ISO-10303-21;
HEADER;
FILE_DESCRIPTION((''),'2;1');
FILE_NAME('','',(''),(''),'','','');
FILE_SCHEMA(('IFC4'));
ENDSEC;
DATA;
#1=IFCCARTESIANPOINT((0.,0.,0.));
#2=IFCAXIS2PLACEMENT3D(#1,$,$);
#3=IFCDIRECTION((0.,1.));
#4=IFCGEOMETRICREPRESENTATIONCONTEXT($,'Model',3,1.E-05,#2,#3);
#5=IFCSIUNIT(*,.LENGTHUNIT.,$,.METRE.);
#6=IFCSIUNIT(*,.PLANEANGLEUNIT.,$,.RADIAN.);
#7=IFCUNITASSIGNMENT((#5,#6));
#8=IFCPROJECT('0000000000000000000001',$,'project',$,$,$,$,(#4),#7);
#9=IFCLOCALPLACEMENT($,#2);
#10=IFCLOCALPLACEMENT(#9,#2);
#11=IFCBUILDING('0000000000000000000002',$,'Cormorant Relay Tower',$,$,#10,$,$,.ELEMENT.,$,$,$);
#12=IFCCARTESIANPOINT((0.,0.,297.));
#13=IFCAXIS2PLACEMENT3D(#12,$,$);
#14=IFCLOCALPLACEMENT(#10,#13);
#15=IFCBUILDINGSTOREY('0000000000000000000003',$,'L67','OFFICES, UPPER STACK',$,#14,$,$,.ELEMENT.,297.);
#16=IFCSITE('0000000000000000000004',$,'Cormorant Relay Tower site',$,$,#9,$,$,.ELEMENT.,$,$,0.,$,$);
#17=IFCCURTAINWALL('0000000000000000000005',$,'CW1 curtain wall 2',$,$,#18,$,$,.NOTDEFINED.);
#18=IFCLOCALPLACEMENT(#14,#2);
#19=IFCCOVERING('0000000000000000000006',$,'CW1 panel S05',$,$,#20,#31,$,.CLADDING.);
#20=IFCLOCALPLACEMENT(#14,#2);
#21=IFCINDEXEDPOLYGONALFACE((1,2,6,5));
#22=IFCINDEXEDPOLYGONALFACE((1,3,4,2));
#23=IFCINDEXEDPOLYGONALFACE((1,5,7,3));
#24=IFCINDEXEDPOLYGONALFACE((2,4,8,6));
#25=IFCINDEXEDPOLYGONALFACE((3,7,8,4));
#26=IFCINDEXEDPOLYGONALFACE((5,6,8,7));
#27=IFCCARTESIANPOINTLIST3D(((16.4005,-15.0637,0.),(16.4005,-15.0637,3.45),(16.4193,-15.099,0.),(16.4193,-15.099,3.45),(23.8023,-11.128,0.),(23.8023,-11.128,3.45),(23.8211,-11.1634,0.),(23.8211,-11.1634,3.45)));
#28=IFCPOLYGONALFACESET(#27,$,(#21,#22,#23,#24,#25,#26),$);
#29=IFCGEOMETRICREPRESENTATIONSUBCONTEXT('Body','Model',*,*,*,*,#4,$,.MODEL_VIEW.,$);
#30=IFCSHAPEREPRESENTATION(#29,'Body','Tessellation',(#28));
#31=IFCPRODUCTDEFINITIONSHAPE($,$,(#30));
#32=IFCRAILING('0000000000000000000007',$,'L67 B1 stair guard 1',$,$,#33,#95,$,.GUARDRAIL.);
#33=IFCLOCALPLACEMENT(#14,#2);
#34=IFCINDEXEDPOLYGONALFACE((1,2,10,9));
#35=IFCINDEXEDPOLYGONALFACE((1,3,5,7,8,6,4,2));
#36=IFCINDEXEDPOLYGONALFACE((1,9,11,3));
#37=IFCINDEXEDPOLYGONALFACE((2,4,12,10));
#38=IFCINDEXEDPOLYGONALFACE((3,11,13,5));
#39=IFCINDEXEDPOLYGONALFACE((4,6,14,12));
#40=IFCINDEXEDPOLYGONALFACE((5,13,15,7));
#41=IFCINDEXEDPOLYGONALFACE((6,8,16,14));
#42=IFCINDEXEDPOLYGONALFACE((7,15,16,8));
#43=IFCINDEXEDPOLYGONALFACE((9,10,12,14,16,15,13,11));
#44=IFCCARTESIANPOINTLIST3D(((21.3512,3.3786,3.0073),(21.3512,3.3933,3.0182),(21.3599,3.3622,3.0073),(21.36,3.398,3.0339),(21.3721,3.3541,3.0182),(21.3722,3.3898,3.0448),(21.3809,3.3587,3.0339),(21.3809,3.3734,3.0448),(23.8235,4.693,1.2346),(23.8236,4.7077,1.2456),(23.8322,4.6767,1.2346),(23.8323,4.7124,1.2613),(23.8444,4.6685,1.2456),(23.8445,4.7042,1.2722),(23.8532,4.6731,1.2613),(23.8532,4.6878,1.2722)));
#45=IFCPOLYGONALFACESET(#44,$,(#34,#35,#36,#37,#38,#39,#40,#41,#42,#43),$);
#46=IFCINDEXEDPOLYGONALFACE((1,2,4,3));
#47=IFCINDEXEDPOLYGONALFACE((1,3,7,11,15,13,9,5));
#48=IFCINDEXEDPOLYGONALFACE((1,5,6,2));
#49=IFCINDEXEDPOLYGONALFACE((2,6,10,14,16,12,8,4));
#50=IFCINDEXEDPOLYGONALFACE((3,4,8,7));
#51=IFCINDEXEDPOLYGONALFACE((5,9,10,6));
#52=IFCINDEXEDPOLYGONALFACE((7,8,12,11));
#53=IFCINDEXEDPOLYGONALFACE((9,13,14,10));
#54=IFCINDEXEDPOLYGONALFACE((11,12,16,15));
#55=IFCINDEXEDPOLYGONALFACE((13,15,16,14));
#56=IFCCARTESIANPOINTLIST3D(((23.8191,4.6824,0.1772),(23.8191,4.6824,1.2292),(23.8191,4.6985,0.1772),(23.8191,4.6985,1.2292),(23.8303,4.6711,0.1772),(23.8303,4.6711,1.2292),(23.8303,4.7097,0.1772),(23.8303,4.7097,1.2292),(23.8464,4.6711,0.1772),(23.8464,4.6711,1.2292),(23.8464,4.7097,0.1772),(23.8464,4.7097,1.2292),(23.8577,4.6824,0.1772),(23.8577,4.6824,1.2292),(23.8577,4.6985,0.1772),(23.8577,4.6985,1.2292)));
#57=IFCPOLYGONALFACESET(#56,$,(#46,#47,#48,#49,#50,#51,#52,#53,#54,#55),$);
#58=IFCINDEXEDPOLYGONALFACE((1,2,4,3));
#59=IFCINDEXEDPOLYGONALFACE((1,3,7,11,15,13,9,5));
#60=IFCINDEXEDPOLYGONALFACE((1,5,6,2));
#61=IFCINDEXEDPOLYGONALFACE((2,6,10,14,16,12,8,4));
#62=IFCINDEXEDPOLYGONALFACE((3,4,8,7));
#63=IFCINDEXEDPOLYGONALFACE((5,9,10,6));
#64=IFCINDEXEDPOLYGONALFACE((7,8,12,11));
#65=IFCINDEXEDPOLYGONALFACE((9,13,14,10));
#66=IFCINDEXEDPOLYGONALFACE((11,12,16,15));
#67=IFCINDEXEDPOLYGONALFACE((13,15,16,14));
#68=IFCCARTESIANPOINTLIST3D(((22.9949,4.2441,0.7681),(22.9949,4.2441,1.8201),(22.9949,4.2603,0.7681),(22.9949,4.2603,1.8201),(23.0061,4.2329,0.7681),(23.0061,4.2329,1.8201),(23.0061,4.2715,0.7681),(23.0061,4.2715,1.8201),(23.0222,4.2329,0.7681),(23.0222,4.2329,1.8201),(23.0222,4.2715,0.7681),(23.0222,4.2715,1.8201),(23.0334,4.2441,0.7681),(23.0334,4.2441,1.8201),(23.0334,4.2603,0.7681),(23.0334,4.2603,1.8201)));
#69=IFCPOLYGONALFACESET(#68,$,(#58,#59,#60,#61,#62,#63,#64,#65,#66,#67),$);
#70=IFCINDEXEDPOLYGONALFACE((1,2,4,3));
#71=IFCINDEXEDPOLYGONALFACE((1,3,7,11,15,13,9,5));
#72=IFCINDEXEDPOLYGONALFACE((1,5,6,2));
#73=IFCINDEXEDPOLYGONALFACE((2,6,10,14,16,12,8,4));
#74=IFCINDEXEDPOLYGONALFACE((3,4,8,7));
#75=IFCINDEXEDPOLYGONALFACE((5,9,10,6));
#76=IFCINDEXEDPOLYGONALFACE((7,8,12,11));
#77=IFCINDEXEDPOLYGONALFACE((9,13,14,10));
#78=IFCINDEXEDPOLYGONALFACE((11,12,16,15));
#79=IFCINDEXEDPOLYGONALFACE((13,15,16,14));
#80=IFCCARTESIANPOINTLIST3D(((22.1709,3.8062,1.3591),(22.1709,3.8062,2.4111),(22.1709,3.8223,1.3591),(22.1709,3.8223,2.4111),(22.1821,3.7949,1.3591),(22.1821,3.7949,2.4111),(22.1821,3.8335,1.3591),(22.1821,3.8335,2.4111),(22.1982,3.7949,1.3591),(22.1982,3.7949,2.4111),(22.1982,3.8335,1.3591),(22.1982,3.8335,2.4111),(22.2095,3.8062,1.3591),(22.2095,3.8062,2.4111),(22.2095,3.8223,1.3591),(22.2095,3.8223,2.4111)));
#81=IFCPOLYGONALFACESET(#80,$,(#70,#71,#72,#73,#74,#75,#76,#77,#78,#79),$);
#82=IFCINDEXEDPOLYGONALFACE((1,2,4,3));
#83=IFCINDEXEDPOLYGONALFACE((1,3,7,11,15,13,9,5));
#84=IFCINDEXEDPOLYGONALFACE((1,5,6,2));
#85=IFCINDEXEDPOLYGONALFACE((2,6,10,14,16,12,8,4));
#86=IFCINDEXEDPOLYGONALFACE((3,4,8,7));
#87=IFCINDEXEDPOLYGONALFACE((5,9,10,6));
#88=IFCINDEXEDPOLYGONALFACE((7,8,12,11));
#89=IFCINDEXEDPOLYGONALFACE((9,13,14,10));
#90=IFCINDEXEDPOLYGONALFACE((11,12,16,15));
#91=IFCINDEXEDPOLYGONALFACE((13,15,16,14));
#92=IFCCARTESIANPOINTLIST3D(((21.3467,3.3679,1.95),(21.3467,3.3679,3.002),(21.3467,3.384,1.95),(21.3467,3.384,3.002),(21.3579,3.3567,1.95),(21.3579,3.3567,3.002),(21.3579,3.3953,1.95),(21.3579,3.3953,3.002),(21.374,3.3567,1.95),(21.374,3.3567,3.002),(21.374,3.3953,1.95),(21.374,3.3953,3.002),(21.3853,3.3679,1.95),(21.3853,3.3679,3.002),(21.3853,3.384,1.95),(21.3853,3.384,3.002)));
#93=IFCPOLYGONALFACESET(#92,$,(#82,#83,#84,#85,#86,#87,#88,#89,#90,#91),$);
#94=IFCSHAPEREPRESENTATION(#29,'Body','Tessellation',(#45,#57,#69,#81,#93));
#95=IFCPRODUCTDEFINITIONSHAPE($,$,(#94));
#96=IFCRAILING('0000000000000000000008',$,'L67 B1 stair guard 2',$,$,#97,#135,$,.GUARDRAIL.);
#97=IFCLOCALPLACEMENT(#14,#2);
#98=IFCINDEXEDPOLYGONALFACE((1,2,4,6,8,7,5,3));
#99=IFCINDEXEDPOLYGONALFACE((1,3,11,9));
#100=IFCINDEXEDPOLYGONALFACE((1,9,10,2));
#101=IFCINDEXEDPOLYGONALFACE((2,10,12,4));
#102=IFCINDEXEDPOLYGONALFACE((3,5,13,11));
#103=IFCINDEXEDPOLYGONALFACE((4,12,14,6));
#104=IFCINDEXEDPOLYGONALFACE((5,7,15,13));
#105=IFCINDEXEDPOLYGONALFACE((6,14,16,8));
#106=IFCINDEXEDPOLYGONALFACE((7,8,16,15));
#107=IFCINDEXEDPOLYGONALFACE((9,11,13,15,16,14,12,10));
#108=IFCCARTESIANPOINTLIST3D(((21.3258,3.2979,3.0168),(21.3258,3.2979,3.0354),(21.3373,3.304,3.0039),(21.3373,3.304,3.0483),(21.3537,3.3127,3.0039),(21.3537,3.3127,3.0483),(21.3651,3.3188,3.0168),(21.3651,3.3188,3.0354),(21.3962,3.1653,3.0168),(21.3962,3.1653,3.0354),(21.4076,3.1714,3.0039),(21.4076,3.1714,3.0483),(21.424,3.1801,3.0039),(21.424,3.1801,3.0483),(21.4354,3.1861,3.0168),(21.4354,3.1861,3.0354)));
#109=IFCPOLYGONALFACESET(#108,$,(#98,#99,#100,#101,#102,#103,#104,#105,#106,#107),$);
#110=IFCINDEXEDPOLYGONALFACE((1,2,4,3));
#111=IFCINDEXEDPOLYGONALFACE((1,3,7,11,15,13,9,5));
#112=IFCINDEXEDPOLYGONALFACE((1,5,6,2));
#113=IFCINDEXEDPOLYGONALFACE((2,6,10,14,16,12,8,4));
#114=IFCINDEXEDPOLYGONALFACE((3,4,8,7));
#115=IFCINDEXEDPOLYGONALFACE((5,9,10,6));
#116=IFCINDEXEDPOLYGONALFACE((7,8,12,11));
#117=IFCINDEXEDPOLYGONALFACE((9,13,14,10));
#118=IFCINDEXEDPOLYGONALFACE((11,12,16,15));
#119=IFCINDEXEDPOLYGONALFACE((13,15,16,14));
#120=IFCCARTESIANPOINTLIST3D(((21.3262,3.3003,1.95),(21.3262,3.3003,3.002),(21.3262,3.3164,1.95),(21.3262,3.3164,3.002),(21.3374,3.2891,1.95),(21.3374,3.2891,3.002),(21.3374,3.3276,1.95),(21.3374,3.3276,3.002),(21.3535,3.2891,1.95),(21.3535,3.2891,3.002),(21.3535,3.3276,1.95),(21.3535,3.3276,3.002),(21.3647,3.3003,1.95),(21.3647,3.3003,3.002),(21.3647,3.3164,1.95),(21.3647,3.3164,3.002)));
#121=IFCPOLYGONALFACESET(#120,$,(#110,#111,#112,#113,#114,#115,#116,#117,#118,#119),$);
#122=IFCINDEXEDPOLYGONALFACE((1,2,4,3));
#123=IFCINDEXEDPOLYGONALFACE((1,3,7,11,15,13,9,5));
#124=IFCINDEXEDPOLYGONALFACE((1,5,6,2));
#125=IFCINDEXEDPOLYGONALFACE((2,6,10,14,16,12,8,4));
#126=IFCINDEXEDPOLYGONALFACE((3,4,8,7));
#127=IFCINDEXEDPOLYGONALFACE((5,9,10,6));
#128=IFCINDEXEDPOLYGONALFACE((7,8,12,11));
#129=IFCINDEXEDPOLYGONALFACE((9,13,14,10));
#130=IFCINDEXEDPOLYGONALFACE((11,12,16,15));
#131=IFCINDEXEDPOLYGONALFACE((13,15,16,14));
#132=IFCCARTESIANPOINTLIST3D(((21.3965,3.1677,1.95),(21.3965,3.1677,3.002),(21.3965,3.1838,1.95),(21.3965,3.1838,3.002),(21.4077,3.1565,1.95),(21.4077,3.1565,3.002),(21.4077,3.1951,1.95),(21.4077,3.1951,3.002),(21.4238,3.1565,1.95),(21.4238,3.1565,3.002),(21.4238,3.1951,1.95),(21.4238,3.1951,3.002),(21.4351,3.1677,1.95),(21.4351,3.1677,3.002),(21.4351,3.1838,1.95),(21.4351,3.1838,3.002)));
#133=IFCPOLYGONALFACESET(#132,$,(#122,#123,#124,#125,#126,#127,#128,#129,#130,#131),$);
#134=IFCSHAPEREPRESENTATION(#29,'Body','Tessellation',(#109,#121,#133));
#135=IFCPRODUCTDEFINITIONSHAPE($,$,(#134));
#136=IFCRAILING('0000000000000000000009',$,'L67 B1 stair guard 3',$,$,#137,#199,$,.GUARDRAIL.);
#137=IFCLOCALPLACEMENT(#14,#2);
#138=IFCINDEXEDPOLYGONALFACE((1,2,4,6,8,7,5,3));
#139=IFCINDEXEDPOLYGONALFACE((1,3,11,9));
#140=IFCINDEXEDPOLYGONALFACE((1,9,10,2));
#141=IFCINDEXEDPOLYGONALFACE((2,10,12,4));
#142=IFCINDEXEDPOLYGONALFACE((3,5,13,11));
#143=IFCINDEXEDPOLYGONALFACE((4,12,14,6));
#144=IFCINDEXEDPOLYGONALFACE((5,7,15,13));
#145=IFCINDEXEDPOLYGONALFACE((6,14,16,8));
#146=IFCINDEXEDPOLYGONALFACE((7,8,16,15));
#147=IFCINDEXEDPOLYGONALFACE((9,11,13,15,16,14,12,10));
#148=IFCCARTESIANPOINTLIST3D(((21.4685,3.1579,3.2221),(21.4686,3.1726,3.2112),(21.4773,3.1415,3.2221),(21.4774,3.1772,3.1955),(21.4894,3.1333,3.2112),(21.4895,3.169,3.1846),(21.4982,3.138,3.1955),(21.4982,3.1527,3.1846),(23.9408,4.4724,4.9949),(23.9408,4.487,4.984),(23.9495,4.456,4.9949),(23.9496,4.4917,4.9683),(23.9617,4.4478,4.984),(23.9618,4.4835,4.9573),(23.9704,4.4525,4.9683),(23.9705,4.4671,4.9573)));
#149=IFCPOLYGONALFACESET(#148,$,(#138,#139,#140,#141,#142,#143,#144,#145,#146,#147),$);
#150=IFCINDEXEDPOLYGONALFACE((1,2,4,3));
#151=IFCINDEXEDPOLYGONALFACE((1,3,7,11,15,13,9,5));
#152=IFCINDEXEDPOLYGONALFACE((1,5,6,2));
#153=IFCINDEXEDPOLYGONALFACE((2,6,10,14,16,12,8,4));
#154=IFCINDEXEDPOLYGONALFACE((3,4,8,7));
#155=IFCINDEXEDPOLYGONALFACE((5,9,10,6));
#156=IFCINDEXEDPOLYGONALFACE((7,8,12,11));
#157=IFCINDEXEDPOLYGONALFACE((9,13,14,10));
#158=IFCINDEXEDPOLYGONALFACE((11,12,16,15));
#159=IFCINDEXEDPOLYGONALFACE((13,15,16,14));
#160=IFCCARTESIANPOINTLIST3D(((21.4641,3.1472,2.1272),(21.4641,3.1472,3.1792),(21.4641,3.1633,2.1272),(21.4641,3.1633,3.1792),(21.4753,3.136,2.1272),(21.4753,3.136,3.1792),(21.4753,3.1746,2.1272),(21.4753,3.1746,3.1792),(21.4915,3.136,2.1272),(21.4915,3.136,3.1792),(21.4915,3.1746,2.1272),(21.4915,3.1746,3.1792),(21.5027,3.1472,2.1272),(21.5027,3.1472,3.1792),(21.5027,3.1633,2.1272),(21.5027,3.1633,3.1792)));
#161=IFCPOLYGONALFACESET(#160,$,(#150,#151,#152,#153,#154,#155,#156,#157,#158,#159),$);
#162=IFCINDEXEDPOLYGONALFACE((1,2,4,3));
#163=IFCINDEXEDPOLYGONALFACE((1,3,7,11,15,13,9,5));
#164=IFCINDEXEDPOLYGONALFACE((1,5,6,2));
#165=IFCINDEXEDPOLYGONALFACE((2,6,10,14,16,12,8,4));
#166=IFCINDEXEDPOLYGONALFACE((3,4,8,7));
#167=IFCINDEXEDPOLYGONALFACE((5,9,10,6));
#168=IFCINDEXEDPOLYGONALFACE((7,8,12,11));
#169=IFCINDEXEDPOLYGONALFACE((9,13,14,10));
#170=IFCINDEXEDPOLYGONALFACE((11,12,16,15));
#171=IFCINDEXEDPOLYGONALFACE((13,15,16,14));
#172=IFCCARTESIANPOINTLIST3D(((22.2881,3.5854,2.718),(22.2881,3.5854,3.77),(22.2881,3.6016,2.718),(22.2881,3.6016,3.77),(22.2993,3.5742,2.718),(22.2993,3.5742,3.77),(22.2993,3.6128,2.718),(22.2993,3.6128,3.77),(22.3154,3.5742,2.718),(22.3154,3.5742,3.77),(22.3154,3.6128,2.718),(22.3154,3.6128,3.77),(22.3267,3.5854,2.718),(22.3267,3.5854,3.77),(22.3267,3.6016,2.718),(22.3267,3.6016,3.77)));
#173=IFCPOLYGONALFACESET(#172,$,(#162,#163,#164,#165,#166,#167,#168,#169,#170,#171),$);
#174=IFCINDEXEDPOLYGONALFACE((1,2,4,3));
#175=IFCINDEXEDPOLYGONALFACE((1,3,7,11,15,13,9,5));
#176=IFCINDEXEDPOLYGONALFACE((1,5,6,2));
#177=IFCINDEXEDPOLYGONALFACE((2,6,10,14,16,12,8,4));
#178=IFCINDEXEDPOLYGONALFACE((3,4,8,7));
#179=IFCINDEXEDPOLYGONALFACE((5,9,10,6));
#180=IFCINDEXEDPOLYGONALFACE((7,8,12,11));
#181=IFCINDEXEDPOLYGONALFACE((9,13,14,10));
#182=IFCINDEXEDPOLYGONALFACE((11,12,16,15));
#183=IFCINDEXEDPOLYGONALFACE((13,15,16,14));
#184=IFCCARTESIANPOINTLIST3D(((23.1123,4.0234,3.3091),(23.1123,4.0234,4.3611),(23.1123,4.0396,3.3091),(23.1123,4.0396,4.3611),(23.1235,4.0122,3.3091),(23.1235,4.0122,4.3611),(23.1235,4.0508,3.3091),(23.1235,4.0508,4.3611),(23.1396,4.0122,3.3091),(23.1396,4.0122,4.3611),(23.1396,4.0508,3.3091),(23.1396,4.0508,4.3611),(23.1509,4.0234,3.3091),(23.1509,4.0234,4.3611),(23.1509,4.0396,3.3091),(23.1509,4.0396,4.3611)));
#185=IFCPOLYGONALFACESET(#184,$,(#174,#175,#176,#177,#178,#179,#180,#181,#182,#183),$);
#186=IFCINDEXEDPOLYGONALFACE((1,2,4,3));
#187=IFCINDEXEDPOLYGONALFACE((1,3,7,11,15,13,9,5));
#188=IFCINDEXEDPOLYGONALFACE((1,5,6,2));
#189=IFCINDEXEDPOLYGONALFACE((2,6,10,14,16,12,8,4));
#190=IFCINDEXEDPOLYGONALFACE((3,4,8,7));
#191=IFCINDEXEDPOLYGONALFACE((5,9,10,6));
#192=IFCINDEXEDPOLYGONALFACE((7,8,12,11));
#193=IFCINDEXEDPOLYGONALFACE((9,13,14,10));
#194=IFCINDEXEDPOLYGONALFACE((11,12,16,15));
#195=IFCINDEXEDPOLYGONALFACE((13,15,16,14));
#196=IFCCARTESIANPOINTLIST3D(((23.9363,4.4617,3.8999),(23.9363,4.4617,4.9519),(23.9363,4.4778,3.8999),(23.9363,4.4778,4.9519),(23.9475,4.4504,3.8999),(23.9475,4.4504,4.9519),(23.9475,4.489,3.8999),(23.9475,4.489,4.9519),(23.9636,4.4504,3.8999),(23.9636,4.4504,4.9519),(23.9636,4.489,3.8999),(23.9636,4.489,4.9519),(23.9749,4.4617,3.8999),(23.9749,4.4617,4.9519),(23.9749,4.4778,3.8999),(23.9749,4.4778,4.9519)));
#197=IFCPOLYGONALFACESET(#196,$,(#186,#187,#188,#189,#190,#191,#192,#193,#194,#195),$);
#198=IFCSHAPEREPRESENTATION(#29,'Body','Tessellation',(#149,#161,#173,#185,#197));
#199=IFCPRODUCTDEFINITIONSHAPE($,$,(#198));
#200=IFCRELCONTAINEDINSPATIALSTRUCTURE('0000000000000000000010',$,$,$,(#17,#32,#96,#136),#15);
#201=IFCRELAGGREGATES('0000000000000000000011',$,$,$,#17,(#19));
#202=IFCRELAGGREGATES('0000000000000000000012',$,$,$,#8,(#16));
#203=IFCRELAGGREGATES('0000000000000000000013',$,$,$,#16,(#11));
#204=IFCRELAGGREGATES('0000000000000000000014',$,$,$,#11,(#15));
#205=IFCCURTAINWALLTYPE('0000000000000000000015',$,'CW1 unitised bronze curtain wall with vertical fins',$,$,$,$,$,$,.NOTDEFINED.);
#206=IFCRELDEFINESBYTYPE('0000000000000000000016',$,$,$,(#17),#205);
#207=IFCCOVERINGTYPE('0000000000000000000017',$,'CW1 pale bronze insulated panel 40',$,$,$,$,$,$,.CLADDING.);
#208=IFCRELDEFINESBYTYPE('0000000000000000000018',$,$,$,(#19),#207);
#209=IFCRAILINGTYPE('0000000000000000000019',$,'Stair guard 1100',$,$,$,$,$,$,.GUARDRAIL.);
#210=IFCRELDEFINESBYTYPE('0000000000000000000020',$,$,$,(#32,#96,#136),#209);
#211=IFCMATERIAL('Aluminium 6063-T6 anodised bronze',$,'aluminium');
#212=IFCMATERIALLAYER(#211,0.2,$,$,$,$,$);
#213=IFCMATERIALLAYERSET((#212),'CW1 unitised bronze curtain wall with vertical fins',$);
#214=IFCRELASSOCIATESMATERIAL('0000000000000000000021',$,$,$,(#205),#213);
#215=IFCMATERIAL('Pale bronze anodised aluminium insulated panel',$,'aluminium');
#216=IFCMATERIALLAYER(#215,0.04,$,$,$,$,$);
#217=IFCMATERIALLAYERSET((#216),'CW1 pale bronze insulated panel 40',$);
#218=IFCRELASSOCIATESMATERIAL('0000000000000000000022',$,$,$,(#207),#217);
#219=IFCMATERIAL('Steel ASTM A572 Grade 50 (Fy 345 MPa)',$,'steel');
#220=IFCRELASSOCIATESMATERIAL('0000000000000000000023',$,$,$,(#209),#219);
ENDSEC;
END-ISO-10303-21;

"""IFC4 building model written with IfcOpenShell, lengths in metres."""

from ifc_helpers import new_model, si_unit, direction, frame, origin, origin_2d, place, context, subcontext, project, spatial, polyline, rectangle, outline, extrude, material, layer, layer_set, type_object, element, aggregate, save


model = new_model("IFC4")

# Units and contexts
model_context = context("Model", 3, precision=1e-05, world=origin(), true_north=direction((0.0, 1.0)))
body_context = subcontext(model_context, "Body", "Model", "MODEL_VIEW")
ifc_project = project(units=[si_unit("LENGTHUNIT", "METRE"), si_unit("PLANEANGLEUNIT", "RADIAN")], contexts=[model_context])

# Site, building, storey
site_placement = place(None, origin())
site = spatial("IfcSite", under=ifc_project, at=site_placement, Name="Cormorant Relay Tower site", CompositionType="ELEMENT", RefElevation=0.0)
building_placement = place(site_placement, origin())
building = spatial("IfcBuilding", under=site, at=building_placement, Name="Cormorant Relay Tower", CompositionType="ELEMENT")
storey_placement = place(building_placement, frame((0.0, 0.0, 297.0)))
storey = spatial("IfcBuildingStorey", under=building, at=storey_placement, Name="L67", Description="OFFICES, UPPER STACK", CompositionType="ELEMENT", Elevation=297.0)

# Curtain wall
ifc_material_1 = material(Name="Aluminium 6063-T6 anodised bronze", Category="aluminium")
ifc_layer_1 = layer(ifc_material_1, 0.2)
ifc_layer_set_1 = layer_set([ifc_layer_1], Name="CW1 unitised bronze curtain wall with vertical fins")
curtain_wall_type = type_object("IfcCurtainWallType", Name="CW1 unitised bronze curtain wall with vertical fins", PredefinedType="NOTDEFINED", material=ifc_layer_set_1)
curtain_wall_placement = place(storey_placement, origin())
curtain_wall = element("IfcCurtainWall", 1, at=curtain_wall_placement, inside=storey, type_object=curtain_wall_type, Name="CW1 curtain wall 2", PredefinedType="NOTDEFINED")

# Covering
ifc_material_2 = material(Name="Pale bronze anodised aluminium insulated panel", Category="aluminium")
ifc_layer_2 = layer(ifc_material_2, 0.04)
ifc_layer_set_2 = layer_set([ifc_layer_2], Name="CW1 pale bronze insulated panel 40")
covering_type = type_object("IfcCoveringType", Name="CW1 pale bronze insulated panel 40", PredefinedType="CLADDING", material=ifc_layer_set_2)
covering_placement = place(storey_placement, frame((20.1108, -13.1135, 0.0), z_axis=(0.0, 0.0, 1.0), x_axis=(0.882948, 0.469472, 0.0)))
covering = element("IfcCovering", 2, at=covering_placement, type_object=covering_type, Name="CW1 panel S05", PredefinedType="CLADDING", context=body_context, shape_type="SweptSolid", body=[
    extrude(rectangle(XDim=8.3831, YDim=0.04, at=origin_2d()), origin(), (0.0, 0.0, 1.0), 3.45),
])
aggregate(curtain_wall, [covering])

# Railings
ifc_material_3 = material(Name="Steel ASTM A572 Grade 50 (Fy 345 MPa)", Category="steel")
railing_type_1 = type_object("IfcRailingType", Name="Stair guard 1100", PredefinedType="GUARDRAIL", material=ifc_material_3)
railing_1_placement = place(storey_placement, frame((23.8384, 4.6904, 0.1772)))
element("IfcRailing", 3, at=railing_1_placement, inside=storey, type_object=railing_type_1, Name="L67 B1 stair guard 1", PredefinedType="GUARDRAIL", context=body_context, shape_type="SweptSolid", body=[
    extrude(outline(polyline([(0.0222, 0.0093), (0.0093, 0.0222), (-0.0093, 0.0222), (-0.0222, 0.0093), (-0.0222, -0.0093), (-0.0093, -0.0222), (0.0093, -0.0222), (0.0222, -0.0093), (0.0222, 0.0093)])), frame((0.0, 0.0, 1.0762), z_axis=(-0.746034, -0.396627, 0.534902), x_axis=(0.469429, -0.88297, 0.0)), (0.0, 0.0, 1.0), 3.314),
    extrude(outline(polyline([(0.0193, 0.0081), (0.0081, 0.0193), (-0.0081, 0.0193), (-0.0193, 0.0081), (-0.0193, -0.0081), (-0.0081, -0.0193), (0.0081, -0.0193), (0.0193, -0.0081), (0.0193, 0.0081)])), origin(), (0.0, 0.0, 1.0), 1.052),
    extrude(outline(polyline([(0.0193, 0.0081), (0.0081, 0.0193), (-0.0081, 0.0193), (-0.0193, 0.0081), (-0.0193, -0.0081), (-0.0081, -0.0193), (0.0081, -0.0193), (0.0193, -0.0081), (0.0193, 0.0081)])), frame((-0.8242, -0.4382, 0.5908)), (0.0, 0.0, 1.0), 1.052),
    extrude(outline(polyline([(0.0193, 0.0081), (0.0081, 0.0193), (-0.0081, 0.0193), (-0.0193, 0.0081), (-0.0193, -0.0081), (-0.0081, -0.0193), (0.0081, -0.0193), (0.0193, -0.0081), (0.0193, 0.0081)])), frame((-1.6482, -0.8762, 1.1819)), (0.0, 0.0, 1.0), 1.052),
    extrude(outline(polyline([(0.0193, 0.0081), (0.0081, 0.0193), (-0.0081, 0.0193), (-0.0193, 0.0081), (-0.0193, -0.0081), (-0.0081, -0.0193), (0.0081, -0.0193), (0.0193, -0.0081), (0.0193, 0.0081)])), frame((-2.4724, -1.3145, 1.7727)), (0.0, 0.0, 1.0), 1.052),
])
railing_2_placement = place(storey_placement, frame((21.3455, 3.3083, 1.95)))
element("IfcRailing", 4, at=railing_2_placement, inside=storey, type_object=railing_type_1, Name="L67 B1 stair guard 2", PredefinedType="GUARDRAIL", context=body_context, shape_type="SweptSolid", body=[
    extrude(outline(polyline([(0.0222, 0.0093), (0.0093, 0.0222), (-0.0093, 0.0222), (-0.0222, 0.0093), (-0.0222, -0.0093), (-0.0093, -0.0222), (0.0093, -0.0222), (0.0222, -0.0093), (0.0222, 0.0093)])), frame((0.0, 0.0, 1.0762), z_axis=(0.46856, -0.883431, 0.0), x_axis=(0.883431, 0.46856, 0.0)), (0.0, 0.0, 1.0), 0.1501),
    extrude(outline(polyline([(0.0193, 0.0081), (0.0081, 0.0193), (-0.0081, 0.0193), (-0.0193, 0.0081), (-0.0193, -0.0081), (-0.0081, -0.0193), (0.0081, -0.0193), (0.0193, -0.0081), (0.0193, 0.0081)])), origin(), (0.0, 0.0, 1.0), 1.052),
    extrude(outline(polyline([(0.0193, 0.0081), (0.0081, 0.0193), (-0.0081, 0.0193), (-0.0193, 0.0081), (-0.0193, -0.0081), (-0.0081, -0.0193), (0.0081, -0.0193), (0.0193, -0.0081), (0.0193, 0.0081)])), frame((0.0703, -0.1326, 0.0)), (0.0, 0.0, 1.0), 1.052),
])
railing_3_placement = place(storey_placement, frame((21.4834, 3.1553, 2.1272)))
element("IfcRailing", 5, at=railing_3_placement, inside=storey, type_object=railing_type_1, Name="L67 B1 stair guard 3", PredefinedType="GUARDRAIL", context=body_context, shape_type="SweptSolid", body=[
    extrude(outline(polyline([(0.0222, 0.0093), (0.0093, 0.0222), (-0.0093, 0.0222), (-0.0222, 0.0093), (-0.0222, -0.0093), (-0.0093, -0.0222), (0.0093, -0.0222), (0.0222, -0.0093), (0.0222, 0.0093)])), frame((0.0, 0.0, 1.0762), z_axis=(0.746001, 0.396649, 0.534931), x_axis=(-0.469465, 0.882951, 0.0)), (0.0, 0.0, 1.0), 3.314),
    extrude(outline(polyline([(0.0193, 0.0081), (0.0081, 0.0193), (-0.0081, 0.0193), (-0.0193, 0.0081), (-0.0193, -0.0081), (-0.0081, -0.0193), (0.0081, -0.0193), (0.0193, -0.0081), (0.0193, 0.0081)])), origin(), (0.0, 0.0, 1.0), 1.052),
    extrude(outline(polyline([(0.0193, 0.0081), (0.0081, 0.0193), (-0.0081, 0.0193), (-0.0193, 0.0081), (-0.0193, -0.0081), (-0.0081, -0.0193), (0.0081, -0.0193), (0.0193, -0.0081), (0.0193, 0.0081)])), frame((0.824, 0.4382, 0.5908)), (0.0, 0.0, 1.0), 1.052),
    extrude(outline(polyline([(0.0193, 0.0081), (0.0081, 0.0193), (-0.0081, 0.0193), (-0.0193, 0.0081), (-0.0193, -0.0081), (-0.0081, -0.0193), (0.0081, -0.0193), (0.0193, -0.0081), (0.0193, 0.0081)])), frame((1.6482, 0.8762, 1.1819)), (0.0, 0.0, 1.0), 1.052),
    extrude(outline(polyline([(0.0193, 0.0081), (0.0081, 0.0193), (-0.0081, 0.0193), (-0.0193, 0.0081), (-0.0193, -0.0081), (-0.0081, -0.0193), (0.0081, -0.0193), (0.0193, -0.0081), (0.0193, 0.0081)])), frame((2.4722, 1.3145, 1.7727)), (0.0, 0.0, 1.0), 1.052),
])

save(model, "model.ifc")
